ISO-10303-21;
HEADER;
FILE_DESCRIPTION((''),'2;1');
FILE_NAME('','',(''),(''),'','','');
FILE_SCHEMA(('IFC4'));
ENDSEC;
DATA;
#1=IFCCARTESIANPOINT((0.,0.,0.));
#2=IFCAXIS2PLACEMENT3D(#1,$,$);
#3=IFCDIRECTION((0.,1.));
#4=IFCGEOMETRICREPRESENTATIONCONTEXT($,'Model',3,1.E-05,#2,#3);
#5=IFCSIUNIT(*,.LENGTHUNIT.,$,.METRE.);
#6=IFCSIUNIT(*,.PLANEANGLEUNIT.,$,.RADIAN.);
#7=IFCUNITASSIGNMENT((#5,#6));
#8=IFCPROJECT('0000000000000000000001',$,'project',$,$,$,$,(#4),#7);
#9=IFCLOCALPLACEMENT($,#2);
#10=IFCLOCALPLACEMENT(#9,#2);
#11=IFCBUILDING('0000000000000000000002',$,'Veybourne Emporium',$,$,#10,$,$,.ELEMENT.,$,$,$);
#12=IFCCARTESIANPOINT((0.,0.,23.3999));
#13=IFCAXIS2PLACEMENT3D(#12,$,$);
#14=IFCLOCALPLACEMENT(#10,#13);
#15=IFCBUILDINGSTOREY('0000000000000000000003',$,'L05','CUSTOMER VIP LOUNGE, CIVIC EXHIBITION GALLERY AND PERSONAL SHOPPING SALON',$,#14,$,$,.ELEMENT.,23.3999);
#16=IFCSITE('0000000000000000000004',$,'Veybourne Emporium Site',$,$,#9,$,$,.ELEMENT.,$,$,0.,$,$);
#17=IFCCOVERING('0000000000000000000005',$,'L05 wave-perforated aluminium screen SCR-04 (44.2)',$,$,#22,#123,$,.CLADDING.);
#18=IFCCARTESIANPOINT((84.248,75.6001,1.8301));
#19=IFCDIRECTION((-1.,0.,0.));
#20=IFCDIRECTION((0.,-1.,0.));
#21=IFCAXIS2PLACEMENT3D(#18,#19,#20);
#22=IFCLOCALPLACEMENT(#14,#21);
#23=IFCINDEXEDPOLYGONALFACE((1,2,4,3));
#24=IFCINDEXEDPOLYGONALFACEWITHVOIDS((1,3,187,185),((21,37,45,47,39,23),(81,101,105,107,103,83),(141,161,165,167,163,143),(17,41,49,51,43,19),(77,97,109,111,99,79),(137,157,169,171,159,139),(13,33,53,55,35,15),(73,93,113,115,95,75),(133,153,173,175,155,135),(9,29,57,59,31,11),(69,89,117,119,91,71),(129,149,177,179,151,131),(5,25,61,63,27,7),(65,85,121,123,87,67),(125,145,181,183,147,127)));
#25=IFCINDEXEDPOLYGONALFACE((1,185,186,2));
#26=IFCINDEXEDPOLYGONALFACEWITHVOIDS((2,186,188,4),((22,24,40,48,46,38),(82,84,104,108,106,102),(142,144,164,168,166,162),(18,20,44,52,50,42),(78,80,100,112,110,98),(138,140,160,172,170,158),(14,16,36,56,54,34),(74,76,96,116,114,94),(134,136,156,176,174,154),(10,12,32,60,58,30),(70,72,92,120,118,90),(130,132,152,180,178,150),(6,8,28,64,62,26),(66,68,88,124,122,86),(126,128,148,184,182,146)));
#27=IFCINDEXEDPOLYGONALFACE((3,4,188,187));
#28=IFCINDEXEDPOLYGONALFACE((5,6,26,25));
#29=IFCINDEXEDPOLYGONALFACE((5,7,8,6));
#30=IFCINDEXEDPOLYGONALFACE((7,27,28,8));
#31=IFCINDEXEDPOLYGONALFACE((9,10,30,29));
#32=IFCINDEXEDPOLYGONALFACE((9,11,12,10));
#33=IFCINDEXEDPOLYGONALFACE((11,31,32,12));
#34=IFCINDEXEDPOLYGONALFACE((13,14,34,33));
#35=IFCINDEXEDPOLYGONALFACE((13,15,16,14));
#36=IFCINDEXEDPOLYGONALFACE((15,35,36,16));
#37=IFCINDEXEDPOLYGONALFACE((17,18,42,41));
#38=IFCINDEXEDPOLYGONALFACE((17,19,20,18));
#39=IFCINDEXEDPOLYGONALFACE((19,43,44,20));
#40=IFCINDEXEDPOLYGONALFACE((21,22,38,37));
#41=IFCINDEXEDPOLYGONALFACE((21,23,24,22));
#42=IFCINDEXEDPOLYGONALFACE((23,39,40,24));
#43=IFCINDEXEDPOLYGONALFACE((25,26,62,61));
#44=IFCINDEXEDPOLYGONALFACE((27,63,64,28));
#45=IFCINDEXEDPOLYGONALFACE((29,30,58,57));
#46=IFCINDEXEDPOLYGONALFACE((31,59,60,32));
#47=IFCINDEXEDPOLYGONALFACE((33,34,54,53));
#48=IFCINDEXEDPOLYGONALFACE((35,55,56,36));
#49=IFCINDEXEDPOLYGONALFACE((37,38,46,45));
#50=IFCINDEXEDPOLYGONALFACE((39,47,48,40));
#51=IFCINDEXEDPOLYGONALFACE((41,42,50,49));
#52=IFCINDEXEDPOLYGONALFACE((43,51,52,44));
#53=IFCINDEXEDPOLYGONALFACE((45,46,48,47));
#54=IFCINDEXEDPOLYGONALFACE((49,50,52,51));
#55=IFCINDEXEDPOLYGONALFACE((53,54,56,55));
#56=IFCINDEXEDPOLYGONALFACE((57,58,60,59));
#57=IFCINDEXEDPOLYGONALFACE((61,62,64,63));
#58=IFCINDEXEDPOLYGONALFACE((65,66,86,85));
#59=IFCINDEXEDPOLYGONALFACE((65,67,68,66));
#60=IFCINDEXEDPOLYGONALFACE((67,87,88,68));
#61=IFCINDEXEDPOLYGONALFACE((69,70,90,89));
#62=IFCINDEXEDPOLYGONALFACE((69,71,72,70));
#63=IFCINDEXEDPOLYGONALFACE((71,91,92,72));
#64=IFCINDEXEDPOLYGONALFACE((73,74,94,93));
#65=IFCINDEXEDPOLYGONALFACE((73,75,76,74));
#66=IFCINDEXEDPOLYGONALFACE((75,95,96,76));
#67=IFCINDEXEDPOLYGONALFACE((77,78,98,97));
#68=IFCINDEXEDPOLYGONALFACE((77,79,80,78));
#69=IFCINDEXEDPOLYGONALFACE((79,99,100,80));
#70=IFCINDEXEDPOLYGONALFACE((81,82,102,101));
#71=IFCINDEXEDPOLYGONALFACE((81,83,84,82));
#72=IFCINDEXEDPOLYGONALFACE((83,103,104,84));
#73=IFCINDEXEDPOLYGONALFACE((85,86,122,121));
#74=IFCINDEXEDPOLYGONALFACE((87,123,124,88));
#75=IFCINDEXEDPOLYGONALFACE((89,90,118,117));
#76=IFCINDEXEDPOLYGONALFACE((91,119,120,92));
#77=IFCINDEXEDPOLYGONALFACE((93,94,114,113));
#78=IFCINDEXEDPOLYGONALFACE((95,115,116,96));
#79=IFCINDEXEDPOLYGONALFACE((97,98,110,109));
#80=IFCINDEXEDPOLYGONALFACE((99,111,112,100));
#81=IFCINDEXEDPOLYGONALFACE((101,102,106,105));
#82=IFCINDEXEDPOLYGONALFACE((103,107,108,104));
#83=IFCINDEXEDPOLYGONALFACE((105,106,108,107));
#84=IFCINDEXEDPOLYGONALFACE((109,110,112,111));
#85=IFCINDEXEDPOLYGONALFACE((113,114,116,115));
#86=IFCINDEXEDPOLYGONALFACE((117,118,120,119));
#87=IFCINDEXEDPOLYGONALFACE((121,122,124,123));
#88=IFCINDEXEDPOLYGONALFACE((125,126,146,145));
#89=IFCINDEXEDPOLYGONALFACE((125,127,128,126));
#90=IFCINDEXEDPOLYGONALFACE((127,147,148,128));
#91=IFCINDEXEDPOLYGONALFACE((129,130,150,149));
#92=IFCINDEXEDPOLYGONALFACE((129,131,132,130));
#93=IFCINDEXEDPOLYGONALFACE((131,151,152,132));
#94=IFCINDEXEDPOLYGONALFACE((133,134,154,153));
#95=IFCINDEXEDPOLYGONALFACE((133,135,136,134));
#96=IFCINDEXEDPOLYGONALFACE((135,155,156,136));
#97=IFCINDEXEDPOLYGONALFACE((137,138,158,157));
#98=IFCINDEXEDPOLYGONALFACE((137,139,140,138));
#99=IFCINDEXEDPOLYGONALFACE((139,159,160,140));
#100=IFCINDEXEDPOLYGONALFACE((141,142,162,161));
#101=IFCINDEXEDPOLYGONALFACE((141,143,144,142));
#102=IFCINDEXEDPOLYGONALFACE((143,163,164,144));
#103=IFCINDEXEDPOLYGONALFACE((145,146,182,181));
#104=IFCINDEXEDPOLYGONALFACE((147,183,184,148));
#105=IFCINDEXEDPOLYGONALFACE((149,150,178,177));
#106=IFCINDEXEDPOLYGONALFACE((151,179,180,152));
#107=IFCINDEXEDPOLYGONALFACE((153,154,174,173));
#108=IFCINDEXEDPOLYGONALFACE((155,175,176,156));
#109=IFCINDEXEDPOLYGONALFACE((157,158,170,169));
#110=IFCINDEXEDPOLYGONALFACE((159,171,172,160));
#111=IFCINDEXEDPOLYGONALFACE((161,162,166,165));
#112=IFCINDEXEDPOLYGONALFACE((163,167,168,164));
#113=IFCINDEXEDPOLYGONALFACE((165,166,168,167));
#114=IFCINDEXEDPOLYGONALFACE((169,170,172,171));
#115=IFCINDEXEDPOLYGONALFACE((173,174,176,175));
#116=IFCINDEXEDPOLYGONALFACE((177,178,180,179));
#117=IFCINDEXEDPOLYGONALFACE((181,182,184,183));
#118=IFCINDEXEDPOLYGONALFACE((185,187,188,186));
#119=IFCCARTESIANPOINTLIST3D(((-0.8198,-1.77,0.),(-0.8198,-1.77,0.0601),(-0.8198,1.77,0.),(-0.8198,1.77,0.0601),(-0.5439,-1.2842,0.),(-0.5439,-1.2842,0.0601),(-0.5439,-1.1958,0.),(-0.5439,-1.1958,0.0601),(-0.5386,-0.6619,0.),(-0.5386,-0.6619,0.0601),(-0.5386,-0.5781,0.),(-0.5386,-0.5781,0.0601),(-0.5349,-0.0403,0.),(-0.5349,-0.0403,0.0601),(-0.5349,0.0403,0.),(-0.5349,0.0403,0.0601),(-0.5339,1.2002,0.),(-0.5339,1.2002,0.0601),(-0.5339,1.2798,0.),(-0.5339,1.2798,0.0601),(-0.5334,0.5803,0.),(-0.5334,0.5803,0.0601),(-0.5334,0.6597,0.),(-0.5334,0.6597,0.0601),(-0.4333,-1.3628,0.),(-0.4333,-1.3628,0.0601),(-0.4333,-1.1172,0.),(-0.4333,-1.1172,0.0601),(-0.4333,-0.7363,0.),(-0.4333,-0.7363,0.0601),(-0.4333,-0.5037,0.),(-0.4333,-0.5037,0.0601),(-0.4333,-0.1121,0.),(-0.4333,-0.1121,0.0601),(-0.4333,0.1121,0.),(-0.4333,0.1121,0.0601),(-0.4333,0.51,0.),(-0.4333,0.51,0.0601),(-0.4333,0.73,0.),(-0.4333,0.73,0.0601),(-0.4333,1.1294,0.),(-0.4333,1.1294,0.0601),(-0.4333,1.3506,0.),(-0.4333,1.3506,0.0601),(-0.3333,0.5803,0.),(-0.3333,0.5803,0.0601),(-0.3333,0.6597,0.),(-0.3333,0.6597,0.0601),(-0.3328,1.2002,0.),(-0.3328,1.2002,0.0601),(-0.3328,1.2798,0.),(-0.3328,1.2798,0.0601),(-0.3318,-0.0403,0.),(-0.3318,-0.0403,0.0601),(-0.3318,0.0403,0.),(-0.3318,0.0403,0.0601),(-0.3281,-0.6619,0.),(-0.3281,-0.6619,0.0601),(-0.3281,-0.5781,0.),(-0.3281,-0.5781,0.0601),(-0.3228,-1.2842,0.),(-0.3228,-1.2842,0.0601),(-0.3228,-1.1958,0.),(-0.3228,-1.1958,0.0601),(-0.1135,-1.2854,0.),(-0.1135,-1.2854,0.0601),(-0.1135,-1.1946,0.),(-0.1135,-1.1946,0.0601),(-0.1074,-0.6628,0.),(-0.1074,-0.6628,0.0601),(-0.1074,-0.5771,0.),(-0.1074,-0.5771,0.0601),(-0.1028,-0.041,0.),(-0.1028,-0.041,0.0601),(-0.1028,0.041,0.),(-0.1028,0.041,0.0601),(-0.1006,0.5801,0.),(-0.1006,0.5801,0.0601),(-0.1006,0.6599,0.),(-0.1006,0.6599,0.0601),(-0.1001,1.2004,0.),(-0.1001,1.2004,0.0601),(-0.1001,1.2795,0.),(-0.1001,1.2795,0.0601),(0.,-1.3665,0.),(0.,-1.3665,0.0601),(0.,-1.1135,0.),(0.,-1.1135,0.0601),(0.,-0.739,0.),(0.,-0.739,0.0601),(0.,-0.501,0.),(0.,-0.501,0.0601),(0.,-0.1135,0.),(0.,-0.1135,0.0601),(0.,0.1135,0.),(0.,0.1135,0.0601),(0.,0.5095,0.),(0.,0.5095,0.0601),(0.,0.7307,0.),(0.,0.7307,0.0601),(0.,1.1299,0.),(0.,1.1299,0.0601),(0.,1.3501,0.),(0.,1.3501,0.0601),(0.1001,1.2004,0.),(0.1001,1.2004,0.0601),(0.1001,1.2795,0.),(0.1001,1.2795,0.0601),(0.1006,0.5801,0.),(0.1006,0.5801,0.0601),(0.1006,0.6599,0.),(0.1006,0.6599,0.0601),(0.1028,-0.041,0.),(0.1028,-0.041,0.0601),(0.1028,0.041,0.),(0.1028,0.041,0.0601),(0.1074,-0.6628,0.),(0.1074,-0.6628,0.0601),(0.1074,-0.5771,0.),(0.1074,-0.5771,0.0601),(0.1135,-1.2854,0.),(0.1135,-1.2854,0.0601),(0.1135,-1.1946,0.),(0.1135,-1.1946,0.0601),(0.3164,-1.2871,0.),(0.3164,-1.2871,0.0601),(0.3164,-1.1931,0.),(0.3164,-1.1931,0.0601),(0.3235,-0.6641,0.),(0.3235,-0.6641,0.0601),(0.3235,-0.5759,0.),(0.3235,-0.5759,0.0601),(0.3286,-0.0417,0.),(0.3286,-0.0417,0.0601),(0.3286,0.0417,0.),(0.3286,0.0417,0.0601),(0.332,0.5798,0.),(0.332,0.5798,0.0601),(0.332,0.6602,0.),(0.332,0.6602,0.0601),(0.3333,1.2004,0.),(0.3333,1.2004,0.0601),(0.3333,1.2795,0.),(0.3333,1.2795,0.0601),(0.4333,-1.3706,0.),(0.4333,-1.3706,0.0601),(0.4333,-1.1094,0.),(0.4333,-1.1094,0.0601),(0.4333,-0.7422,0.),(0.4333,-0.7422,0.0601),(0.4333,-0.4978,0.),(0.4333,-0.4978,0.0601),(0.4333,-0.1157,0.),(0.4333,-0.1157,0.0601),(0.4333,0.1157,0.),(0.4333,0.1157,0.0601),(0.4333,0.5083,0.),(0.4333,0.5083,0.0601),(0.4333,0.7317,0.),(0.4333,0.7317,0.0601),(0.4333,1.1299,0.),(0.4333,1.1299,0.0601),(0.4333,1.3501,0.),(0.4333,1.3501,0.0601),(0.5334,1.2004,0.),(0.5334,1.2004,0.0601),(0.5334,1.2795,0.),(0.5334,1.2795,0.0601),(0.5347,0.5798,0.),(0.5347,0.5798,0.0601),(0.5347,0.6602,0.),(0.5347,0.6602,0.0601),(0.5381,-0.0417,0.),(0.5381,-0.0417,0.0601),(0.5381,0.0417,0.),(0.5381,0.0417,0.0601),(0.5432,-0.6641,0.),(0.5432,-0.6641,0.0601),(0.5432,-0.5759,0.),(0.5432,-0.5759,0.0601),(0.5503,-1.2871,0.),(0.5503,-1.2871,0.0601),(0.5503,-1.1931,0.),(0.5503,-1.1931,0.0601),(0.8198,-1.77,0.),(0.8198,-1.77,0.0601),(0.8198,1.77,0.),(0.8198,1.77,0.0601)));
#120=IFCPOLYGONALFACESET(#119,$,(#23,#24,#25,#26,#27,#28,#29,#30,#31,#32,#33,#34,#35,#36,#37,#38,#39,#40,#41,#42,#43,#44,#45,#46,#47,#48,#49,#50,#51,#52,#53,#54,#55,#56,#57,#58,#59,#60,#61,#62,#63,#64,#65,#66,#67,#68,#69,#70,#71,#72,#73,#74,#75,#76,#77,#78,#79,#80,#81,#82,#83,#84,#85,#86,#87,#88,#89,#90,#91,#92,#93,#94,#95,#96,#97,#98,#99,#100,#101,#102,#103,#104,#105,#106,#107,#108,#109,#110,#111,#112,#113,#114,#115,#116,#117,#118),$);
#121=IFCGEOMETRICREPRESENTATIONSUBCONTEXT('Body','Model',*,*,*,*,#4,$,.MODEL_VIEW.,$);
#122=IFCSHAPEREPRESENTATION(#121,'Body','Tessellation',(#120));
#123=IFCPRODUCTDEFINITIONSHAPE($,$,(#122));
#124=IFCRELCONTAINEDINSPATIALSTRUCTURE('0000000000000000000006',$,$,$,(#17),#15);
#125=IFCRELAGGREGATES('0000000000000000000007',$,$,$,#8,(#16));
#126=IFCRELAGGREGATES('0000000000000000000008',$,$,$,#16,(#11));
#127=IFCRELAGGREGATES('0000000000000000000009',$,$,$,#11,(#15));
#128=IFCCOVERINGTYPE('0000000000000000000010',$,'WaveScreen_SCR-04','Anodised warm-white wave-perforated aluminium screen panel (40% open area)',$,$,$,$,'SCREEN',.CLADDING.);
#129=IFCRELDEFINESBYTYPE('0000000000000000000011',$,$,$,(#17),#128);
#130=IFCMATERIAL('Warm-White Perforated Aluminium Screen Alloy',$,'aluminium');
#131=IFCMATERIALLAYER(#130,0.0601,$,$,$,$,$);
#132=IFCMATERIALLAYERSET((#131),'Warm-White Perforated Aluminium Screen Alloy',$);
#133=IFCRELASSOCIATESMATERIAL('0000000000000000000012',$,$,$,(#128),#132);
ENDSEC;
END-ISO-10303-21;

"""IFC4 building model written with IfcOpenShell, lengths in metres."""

from ifc_helpers import new_model, si_unit, direction, frame, origin, place, context, subcontext, project, spatial, polyline, outline, extrude, material, layer, layer_set, type_object, element, save


model = new_model("IFC4")

# Units and contexts
model_context = context("Model", 3, precision=1e-05, world=origin(), true_north=direction((0.0, 1.0)))
body_context = subcontext(model_context, "Body", "Model", "MODEL_VIEW")
ifc_project = project(units=[si_unit("LENGTHUNIT", "METRE"), si_unit("PLANEANGLEUNIT", "RADIAN")], contexts=[model_context])

# Site, building, storey
site_placement = place(None, origin())
site = spatial("IfcSite", under=ifc_project, at=site_placement, Name="Veybourne Emporium Site", CompositionType="ELEMENT", RefElevation=0.0)
building_placement = place(site_placement, origin())
building = spatial("IfcBuilding", under=site, at=building_placement, Name="Veybourne Emporium", CompositionType="ELEMENT")
storey_placement = place(building_placement, frame((0.0, 0.0, 23.3999)))
storey = spatial("IfcBuildingStorey", under=building, at=storey_placement, Name="L05", Description="CUSTOMER VIP LOUNGE, CIVIC EXHIBITION GALLERY AND PERSONAL SHOPPING SALON", CompositionType="ELEMENT", Elevation=23.3999)

# Covering
ifc_material_1 = material(Name="Warm-White Perforated Aluminium Screen Alloy", Category="aluminium")
ifc_layer_1 = layer(ifc_material_1, 0.0601)
ifc_layer_set_1 = layer_set([ifc_layer_1], Name="Warm-White Perforated Aluminium Screen Alloy")
covering_type_1 = type_object("IfcCoveringType", Name="WaveScreen_SCR-04", Description="Anodised warm-white wave-perforated aluminium screen panel (40% open area)", ElementType="SCREEN", PredefinedType="CLADDING", material=ifc_layer_set_1)
covering_1_placement = place(storey_placement, frame((84.248, 75.6001, 1.8301), z_axis=(-1.0, 0.0, 0.0), x_axis=(0.0, -1.0, 0.0)))
element("IfcCovering", 1, at=covering_1_placement, inside=storey, type_object=covering_type_1, Name="L05 wave-perforated aluminium screen SCR-04 (44.2)", PredefinedType="CLADDING", context=body_context, shape_type="SweptSolid", body=[
    extrude(outline(polyline([(-0.8198, -1.77), (0.8198, -1.77), (0.8198, 1.77), (-0.8198, 1.77), (-0.8198, -1.77)]), holes=[polyline([(-0.4333, -1.1172), (-0.3228, -1.1958), (-0.3228, -1.2842), (-0.4333, -1.3628), (-0.5439, -1.2842), (-0.5439, -1.1958), (-0.4333, -1.1172)]), polyline([(-0.4333, -0.5037), (-0.3281, -0.5781), (-0.3281, -0.6619), (-0.4333, -0.7363), (-0.5386, -0.6619), (-0.5386, -0.5781), (-0.4333, -0.5037)]), polyline([(-0.4333, 0.1121), (-0.3318, 0.0403), (-0.3318, -0.0403), (-0.4333, -0.1121), (-0.5349, -0.0403), (-0.5349, 0.0403), (-0.4333, 0.1121)]), polyline([(-0.4333, 0.73), (-0.3333, 0.6597), (-0.3333, 0.5803), (-0.4333, 0.51), (-0.5334, 0.5803), (-0.5334, 0.6597), (-0.4333, 0.73)]), polyline([(-0.4333, 1.3506), (-0.3328, 1.2798), (-0.3328, 1.2002), (-0.4333, 1.1294), (-0.5339, 1.2002), (-0.5339, 1.2798), (-0.4333, 1.3506)]), polyline([(0.0, -1.1135), (0.1135, -1.1946), (0.1135, -1.2854), (0.0, -1.3665), (-0.1135, -1.2854), (-0.1135, -1.1946), (0.0, -1.1135)]), polyline([(0.0, -0.501), (0.1074, -0.5771), (0.1074, -0.6628), (0.0, -0.739), (-0.1074, -0.6628), (-0.1074, -0.5771), (0.0, -0.501)]), polyline([(0.0, 0.1135), (0.1028, 0.041), (0.1028, -0.041), (0.0, -0.1135), (-0.1028, -0.041), (-0.1028, 0.041), (0.0, 0.1135)]), polyline([(0.0, 0.7307), (0.1006, 0.6599), (0.1006, 0.5801), (0.0, 0.5095), (-0.1006, 0.5801), (-0.1006, 0.6599), (0.0, 0.7307)]), polyline([(0.0, 1.3501), (0.1001, 1.2795), (0.1001, 1.2004), (0.0, 1.1299), (-0.1001, 1.2004), (-0.1001, 1.2795), (0.0, 1.3501)]), polyline([(0.4333, -1.1094), (0.5503, -1.1931), (0.5503, -1.2871), (0.4333, -1.3706), (0.3164, -1.2871), (0.3164, -1.1931), (0.4333, -1.1094)]), polyline([(0.4333, -0.4978), (0.5432, -0.5759), (0.5432, -0.6641), (0.4333, -0.7422), (0.3235, -0.6641), (0.3235, -0.5759), (0.4333, -0.4978)]), polyline([(0.4333, 0.1157), (0.5381, 0.0417), (0.5381, -0.0417), (0.4333, -0.1157), (0.3286, -0.0417), (0.3286, 0.0417), (0.4333, 0.1157)]), polyline([(0.4333, 0.7317), (0.5347, 0.6602), (0.5347, 0.5798), (0.4333, 0.5083), (0.332, 0.5798), (0.332, 0.6602), (0.4333, 0.7317)]), polyline([(0.4333, 1.3501), (0.5334, 1.2795), (0.5334, 1.2004), (0.4333, 1.1299), (0.3333, 1.2004), (0.3333, 1.2795), (0.4333, 1.3501)])]), origin(), (0.0, 0.0, 1.0), 0.0601),
])

save(model, "model.ifc")
